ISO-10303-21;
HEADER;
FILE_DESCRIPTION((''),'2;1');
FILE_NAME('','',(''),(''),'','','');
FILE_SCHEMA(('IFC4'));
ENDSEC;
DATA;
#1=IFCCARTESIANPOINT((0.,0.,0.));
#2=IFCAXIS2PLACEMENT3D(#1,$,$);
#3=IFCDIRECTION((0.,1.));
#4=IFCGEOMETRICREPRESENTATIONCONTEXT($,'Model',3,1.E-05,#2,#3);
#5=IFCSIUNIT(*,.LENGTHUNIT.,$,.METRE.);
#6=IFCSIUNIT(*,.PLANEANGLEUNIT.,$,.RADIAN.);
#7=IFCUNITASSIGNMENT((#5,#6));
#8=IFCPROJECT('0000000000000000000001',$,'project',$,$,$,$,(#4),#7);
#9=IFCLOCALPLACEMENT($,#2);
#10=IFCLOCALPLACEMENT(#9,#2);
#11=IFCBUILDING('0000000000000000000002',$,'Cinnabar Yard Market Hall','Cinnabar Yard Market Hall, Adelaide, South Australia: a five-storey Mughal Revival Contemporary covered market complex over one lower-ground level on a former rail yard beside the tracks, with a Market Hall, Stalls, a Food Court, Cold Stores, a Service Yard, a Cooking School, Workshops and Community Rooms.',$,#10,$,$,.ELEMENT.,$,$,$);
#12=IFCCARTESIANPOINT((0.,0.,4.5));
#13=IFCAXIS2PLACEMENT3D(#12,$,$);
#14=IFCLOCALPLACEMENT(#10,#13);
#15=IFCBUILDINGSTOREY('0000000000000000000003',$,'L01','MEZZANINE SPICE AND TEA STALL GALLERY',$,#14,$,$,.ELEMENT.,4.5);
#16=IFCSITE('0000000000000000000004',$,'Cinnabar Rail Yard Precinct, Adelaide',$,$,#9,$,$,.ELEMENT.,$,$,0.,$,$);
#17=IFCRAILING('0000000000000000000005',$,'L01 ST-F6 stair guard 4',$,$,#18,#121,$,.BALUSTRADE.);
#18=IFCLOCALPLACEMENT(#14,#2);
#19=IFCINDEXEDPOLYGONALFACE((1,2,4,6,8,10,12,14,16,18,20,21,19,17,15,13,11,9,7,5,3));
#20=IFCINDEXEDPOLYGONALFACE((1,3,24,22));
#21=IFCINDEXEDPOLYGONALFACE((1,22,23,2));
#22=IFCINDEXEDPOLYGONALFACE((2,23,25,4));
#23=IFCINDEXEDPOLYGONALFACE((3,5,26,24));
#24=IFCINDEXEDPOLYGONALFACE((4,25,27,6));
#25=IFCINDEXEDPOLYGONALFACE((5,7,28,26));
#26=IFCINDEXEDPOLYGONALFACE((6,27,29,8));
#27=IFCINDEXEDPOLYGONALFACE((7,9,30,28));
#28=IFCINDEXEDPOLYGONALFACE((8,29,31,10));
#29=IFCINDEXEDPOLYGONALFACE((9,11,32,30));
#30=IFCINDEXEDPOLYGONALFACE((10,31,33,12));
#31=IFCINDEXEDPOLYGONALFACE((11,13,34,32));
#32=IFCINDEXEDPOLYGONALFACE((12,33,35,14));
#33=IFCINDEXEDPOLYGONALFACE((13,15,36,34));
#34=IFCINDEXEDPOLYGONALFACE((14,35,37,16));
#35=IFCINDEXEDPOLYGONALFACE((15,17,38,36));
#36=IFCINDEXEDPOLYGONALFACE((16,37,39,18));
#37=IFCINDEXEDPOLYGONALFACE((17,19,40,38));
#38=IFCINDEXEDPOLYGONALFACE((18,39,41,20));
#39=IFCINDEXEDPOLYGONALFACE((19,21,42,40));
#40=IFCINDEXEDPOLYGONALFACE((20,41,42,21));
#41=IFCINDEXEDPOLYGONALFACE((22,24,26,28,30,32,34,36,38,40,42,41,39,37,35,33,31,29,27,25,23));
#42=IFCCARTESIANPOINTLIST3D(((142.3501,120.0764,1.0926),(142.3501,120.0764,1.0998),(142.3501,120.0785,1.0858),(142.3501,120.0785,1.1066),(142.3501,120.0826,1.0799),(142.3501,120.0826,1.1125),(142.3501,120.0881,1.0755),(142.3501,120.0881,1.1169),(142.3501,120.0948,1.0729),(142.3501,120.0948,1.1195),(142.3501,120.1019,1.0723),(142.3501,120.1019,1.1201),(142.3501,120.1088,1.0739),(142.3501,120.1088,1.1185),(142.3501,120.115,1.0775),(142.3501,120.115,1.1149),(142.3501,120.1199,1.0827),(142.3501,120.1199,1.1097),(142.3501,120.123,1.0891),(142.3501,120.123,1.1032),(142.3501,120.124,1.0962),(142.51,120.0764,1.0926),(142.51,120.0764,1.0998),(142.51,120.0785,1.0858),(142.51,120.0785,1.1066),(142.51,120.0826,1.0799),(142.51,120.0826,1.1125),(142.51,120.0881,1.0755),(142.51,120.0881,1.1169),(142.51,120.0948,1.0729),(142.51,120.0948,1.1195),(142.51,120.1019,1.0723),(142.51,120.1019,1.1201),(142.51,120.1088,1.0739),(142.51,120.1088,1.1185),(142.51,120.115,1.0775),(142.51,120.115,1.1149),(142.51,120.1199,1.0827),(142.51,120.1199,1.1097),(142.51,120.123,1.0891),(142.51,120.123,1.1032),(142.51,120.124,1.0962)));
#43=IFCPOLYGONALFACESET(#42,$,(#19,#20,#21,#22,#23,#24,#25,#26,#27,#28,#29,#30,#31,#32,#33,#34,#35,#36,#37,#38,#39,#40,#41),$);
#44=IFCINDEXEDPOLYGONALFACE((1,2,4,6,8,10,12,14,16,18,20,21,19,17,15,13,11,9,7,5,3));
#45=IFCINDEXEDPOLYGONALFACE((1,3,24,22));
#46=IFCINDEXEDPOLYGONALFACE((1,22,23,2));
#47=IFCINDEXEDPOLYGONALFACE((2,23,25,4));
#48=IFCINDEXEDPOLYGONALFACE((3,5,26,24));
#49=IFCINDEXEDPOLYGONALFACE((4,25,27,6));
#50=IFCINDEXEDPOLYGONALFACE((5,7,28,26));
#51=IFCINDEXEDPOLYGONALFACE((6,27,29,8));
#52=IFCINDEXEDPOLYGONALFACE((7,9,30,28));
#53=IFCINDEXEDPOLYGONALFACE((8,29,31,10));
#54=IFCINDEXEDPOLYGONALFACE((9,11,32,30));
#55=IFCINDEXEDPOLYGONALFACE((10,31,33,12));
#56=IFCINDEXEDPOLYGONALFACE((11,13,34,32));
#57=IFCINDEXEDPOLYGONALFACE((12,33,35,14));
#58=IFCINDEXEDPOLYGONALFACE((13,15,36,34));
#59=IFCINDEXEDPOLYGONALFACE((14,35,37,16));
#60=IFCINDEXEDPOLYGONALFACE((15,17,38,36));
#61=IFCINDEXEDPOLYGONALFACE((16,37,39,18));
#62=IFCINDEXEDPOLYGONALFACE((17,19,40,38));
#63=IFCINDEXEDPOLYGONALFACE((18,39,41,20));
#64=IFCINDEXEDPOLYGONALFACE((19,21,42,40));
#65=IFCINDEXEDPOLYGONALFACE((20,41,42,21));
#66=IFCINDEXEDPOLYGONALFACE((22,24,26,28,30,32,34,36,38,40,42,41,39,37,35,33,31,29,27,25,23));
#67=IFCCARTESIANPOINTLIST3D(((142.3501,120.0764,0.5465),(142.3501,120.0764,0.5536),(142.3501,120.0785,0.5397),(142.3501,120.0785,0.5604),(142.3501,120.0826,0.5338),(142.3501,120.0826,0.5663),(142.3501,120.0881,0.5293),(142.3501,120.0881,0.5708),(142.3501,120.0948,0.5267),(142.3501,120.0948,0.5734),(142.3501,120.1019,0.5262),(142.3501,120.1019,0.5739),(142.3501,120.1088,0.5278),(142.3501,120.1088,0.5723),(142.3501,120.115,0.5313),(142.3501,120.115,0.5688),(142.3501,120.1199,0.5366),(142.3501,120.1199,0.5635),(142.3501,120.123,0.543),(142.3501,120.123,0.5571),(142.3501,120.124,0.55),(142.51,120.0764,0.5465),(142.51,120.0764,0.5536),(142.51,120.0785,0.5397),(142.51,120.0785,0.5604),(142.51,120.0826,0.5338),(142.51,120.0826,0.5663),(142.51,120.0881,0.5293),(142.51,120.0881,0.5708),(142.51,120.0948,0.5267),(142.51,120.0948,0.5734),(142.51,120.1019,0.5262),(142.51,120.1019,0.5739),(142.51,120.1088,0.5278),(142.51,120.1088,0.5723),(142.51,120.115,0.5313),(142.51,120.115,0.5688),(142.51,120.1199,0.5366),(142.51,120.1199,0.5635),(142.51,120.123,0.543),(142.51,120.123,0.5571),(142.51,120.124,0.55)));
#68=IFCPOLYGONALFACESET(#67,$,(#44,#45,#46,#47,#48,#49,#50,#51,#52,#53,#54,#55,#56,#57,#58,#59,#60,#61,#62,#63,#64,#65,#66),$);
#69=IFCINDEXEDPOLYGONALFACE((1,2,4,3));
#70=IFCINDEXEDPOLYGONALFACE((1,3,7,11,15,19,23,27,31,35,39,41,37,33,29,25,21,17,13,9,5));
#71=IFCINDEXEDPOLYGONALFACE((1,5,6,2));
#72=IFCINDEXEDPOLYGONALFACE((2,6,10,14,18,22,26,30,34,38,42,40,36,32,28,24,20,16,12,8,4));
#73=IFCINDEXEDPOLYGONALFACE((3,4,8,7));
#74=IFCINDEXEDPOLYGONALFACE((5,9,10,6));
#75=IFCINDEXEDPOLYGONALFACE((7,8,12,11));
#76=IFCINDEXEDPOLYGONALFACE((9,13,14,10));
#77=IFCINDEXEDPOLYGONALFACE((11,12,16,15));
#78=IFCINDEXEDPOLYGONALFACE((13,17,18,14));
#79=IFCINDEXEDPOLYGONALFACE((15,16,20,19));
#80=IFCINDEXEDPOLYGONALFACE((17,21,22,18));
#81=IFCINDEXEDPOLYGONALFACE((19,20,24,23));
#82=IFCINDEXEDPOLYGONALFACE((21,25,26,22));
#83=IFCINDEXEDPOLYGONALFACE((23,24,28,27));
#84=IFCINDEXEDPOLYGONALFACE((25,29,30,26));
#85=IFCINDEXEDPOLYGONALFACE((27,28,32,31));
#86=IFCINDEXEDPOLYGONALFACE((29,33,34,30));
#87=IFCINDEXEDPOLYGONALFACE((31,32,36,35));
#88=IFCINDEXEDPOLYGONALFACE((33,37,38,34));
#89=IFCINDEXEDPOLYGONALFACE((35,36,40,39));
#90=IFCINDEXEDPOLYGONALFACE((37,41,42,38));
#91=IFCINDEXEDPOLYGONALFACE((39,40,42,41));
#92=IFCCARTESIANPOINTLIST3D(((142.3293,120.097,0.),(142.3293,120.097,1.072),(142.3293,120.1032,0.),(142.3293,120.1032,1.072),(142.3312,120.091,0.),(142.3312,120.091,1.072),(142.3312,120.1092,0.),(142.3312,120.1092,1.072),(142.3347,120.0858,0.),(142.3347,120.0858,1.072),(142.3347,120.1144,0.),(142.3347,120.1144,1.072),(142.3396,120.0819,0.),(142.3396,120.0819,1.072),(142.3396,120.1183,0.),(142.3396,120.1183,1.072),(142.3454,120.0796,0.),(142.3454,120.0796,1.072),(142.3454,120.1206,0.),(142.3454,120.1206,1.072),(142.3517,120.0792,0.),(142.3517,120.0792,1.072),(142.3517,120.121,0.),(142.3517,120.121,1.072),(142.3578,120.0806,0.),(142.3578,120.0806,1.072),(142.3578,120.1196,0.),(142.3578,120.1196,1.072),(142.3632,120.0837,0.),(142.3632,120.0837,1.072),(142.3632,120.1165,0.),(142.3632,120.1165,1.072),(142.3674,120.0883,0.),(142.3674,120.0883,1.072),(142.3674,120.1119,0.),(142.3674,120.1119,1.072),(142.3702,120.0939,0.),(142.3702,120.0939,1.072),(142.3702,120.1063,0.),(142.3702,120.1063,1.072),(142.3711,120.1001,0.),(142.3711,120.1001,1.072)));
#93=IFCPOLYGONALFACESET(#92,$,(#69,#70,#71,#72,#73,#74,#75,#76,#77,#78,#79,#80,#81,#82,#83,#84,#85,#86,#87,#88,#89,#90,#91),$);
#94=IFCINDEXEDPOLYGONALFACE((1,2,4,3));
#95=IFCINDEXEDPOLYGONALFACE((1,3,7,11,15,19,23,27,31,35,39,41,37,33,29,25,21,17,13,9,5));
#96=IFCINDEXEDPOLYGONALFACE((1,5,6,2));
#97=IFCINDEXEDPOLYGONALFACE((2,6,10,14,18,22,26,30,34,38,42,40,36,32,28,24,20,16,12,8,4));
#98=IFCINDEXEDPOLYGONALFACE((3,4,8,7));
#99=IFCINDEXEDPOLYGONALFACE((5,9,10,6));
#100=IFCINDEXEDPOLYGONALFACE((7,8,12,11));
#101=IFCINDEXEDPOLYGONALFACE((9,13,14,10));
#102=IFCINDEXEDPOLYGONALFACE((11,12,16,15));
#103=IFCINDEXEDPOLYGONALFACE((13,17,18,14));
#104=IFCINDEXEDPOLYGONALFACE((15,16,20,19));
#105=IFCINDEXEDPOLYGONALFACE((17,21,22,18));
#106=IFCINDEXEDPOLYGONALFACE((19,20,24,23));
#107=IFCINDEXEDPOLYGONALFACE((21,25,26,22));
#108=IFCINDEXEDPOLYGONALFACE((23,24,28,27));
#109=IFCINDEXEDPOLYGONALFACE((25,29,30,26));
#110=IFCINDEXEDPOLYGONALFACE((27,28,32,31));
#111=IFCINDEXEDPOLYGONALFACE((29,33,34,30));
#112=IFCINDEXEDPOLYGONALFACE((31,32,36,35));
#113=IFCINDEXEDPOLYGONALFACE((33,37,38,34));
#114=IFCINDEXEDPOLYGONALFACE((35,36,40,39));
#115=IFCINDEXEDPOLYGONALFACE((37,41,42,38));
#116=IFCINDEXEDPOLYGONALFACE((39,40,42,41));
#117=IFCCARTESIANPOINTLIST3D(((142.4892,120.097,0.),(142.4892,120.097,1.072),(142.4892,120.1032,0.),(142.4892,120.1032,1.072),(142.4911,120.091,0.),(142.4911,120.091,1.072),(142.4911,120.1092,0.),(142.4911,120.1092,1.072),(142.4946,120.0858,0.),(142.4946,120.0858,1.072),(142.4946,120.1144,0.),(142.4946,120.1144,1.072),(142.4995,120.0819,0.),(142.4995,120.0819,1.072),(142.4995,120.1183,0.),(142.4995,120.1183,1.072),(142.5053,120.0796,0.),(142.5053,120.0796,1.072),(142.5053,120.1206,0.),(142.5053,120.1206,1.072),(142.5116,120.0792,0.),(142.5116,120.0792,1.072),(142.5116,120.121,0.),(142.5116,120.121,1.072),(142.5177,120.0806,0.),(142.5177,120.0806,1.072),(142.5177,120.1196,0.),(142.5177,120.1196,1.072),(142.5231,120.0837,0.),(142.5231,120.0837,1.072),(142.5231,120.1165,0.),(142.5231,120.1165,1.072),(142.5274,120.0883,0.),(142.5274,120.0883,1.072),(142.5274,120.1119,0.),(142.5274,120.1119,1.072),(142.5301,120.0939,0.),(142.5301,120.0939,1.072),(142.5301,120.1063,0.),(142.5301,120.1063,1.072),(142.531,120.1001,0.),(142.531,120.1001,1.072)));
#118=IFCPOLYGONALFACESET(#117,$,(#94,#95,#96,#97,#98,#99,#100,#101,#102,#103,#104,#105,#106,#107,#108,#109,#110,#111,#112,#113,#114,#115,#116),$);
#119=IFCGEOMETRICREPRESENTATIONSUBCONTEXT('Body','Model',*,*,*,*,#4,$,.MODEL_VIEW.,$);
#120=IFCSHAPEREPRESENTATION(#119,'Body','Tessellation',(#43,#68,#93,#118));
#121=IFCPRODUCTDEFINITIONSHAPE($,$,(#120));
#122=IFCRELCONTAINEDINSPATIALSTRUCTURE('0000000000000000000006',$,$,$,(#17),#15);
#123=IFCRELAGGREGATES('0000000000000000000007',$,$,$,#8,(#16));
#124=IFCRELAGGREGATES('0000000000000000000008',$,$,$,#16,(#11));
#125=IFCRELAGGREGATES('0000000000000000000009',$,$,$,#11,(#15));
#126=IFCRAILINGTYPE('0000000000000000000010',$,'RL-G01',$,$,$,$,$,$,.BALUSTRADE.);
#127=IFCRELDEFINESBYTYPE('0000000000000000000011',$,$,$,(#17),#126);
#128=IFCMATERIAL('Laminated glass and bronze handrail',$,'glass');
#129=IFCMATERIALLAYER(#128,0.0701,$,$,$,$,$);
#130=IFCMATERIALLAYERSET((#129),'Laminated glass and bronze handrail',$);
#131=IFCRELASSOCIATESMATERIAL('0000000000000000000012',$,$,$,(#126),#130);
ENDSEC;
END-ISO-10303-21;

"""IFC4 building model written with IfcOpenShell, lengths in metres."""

from ifc_helpers import new_model, si_unit, direction, frame, origin, origin_2d_with_axis, place, context, subcontext, project, spatial, circle, extrude, material, layer, layer_set, type_object, element, save


model = new_model("IFC4")

# Units and contexts
model_context = context("Model", 3, precision=1e-05, world=origin(), true_north=direction((0.0, 1.0)))
body_context = subcontext(model_context, "Body", "Model", "MODEL_VIEW")
ifc_project = project(units=[si_unit("LENGTHUNIT", "METRE"), si_unit("PLANEANGLEUNIT", "RADIAN")], contexts=[model_context])

# Site, building, storey
site_placement = place(None, origin())
site = spatial("IfcSite", under=ifc_project, at=site_placement, Name="Cinnabar Rail Yard Precinct, Adelaide", CompositionType="ELEMENT", RefElevation=0.0)
building_placement = place(site_placement, origin())
building = spatial("IfcBuilding", under=site, at=building_placement, Name="Cinnabar Yard Market Hall", Description="Cinnabar Yard Market Hall, Adelaide, South Australia: a five-storey Mughal Revival Contemporary covered market complex over one lower-ground level on a former rail yard beside the tracks, with a Market Hall, Stalls, a Food Court, Cold Stores, a Service Yard, a Cooking School, Workshops and Community Rooms.", CompositionType="ELEMENT")
storey_placement = place(building_placement, frame((0.0, 0.0, 4.5)))
storey = spatial("IfcBuildingStorey", under=building, at=storey_placement, Name="L01", Description="MEZZANINE SPICE AND TEA STALL GALLERY", CompositionType="ELEMENT", Elevation=4.5)

# Railing
ifc_material_1 = material(Name="Laminated glass and bronze handrail", Category="glass")
ifc_layer_1 = layer(ifc_material_1, 0.0701)
ifc_layer_set_1 = layer_set([ifc_layer_1], Name="Laminated glass and bronze handrail")
railing_type_1 = type_object("IfcRailingType", Name="RL-G01", PredefinedType="BALUSTRADE", material=ifc_layer_set_1)
railing_1_placement = place(storey_placement, frame((142.3501, 120.1001, 0.0)))
element("IfcRailing", 1, at=railing_1_placement, inside=storey, type_object=railing_type_1, Name="L01 ST-F6 stair guard 4", PredefinedType="BALUSTRADE", context=body_context, shape_type="SweptSolid", body=[
    extrude(circle(Radius=0.0239, at=origin_2d_with_axis()), frame((0.0, 0.0, 1.0962), z_axis=(1.0, 0.0, 0.0), x_axis=(0.0, 1.0, 0.0)), (0.0, 0.0, 1.0), 0.1599),
    extrude(circle(Radius=0.0239, at=origin_2d_with_axis()), frame((0.0, 0.0, 0.55), z_axis=(1.0, 0.0, 0.0), x_axis=(0.0, 1.0, 0.0)), (0.0, 0.0, 1.0), 0.1599),
    extrude(circle(Radius=0.021, at=origin_2d_with_axis()), origin(), (0.0, 0.0, 1.0), 1.072),
    extrude(circle(Radius=0.021, at=origin_2d_with_axis()), frame((0.1599, 0.0, 0.0)), (0.0, 0.0, 1.0), 1.072),
])

save(model, "model.ifc")
